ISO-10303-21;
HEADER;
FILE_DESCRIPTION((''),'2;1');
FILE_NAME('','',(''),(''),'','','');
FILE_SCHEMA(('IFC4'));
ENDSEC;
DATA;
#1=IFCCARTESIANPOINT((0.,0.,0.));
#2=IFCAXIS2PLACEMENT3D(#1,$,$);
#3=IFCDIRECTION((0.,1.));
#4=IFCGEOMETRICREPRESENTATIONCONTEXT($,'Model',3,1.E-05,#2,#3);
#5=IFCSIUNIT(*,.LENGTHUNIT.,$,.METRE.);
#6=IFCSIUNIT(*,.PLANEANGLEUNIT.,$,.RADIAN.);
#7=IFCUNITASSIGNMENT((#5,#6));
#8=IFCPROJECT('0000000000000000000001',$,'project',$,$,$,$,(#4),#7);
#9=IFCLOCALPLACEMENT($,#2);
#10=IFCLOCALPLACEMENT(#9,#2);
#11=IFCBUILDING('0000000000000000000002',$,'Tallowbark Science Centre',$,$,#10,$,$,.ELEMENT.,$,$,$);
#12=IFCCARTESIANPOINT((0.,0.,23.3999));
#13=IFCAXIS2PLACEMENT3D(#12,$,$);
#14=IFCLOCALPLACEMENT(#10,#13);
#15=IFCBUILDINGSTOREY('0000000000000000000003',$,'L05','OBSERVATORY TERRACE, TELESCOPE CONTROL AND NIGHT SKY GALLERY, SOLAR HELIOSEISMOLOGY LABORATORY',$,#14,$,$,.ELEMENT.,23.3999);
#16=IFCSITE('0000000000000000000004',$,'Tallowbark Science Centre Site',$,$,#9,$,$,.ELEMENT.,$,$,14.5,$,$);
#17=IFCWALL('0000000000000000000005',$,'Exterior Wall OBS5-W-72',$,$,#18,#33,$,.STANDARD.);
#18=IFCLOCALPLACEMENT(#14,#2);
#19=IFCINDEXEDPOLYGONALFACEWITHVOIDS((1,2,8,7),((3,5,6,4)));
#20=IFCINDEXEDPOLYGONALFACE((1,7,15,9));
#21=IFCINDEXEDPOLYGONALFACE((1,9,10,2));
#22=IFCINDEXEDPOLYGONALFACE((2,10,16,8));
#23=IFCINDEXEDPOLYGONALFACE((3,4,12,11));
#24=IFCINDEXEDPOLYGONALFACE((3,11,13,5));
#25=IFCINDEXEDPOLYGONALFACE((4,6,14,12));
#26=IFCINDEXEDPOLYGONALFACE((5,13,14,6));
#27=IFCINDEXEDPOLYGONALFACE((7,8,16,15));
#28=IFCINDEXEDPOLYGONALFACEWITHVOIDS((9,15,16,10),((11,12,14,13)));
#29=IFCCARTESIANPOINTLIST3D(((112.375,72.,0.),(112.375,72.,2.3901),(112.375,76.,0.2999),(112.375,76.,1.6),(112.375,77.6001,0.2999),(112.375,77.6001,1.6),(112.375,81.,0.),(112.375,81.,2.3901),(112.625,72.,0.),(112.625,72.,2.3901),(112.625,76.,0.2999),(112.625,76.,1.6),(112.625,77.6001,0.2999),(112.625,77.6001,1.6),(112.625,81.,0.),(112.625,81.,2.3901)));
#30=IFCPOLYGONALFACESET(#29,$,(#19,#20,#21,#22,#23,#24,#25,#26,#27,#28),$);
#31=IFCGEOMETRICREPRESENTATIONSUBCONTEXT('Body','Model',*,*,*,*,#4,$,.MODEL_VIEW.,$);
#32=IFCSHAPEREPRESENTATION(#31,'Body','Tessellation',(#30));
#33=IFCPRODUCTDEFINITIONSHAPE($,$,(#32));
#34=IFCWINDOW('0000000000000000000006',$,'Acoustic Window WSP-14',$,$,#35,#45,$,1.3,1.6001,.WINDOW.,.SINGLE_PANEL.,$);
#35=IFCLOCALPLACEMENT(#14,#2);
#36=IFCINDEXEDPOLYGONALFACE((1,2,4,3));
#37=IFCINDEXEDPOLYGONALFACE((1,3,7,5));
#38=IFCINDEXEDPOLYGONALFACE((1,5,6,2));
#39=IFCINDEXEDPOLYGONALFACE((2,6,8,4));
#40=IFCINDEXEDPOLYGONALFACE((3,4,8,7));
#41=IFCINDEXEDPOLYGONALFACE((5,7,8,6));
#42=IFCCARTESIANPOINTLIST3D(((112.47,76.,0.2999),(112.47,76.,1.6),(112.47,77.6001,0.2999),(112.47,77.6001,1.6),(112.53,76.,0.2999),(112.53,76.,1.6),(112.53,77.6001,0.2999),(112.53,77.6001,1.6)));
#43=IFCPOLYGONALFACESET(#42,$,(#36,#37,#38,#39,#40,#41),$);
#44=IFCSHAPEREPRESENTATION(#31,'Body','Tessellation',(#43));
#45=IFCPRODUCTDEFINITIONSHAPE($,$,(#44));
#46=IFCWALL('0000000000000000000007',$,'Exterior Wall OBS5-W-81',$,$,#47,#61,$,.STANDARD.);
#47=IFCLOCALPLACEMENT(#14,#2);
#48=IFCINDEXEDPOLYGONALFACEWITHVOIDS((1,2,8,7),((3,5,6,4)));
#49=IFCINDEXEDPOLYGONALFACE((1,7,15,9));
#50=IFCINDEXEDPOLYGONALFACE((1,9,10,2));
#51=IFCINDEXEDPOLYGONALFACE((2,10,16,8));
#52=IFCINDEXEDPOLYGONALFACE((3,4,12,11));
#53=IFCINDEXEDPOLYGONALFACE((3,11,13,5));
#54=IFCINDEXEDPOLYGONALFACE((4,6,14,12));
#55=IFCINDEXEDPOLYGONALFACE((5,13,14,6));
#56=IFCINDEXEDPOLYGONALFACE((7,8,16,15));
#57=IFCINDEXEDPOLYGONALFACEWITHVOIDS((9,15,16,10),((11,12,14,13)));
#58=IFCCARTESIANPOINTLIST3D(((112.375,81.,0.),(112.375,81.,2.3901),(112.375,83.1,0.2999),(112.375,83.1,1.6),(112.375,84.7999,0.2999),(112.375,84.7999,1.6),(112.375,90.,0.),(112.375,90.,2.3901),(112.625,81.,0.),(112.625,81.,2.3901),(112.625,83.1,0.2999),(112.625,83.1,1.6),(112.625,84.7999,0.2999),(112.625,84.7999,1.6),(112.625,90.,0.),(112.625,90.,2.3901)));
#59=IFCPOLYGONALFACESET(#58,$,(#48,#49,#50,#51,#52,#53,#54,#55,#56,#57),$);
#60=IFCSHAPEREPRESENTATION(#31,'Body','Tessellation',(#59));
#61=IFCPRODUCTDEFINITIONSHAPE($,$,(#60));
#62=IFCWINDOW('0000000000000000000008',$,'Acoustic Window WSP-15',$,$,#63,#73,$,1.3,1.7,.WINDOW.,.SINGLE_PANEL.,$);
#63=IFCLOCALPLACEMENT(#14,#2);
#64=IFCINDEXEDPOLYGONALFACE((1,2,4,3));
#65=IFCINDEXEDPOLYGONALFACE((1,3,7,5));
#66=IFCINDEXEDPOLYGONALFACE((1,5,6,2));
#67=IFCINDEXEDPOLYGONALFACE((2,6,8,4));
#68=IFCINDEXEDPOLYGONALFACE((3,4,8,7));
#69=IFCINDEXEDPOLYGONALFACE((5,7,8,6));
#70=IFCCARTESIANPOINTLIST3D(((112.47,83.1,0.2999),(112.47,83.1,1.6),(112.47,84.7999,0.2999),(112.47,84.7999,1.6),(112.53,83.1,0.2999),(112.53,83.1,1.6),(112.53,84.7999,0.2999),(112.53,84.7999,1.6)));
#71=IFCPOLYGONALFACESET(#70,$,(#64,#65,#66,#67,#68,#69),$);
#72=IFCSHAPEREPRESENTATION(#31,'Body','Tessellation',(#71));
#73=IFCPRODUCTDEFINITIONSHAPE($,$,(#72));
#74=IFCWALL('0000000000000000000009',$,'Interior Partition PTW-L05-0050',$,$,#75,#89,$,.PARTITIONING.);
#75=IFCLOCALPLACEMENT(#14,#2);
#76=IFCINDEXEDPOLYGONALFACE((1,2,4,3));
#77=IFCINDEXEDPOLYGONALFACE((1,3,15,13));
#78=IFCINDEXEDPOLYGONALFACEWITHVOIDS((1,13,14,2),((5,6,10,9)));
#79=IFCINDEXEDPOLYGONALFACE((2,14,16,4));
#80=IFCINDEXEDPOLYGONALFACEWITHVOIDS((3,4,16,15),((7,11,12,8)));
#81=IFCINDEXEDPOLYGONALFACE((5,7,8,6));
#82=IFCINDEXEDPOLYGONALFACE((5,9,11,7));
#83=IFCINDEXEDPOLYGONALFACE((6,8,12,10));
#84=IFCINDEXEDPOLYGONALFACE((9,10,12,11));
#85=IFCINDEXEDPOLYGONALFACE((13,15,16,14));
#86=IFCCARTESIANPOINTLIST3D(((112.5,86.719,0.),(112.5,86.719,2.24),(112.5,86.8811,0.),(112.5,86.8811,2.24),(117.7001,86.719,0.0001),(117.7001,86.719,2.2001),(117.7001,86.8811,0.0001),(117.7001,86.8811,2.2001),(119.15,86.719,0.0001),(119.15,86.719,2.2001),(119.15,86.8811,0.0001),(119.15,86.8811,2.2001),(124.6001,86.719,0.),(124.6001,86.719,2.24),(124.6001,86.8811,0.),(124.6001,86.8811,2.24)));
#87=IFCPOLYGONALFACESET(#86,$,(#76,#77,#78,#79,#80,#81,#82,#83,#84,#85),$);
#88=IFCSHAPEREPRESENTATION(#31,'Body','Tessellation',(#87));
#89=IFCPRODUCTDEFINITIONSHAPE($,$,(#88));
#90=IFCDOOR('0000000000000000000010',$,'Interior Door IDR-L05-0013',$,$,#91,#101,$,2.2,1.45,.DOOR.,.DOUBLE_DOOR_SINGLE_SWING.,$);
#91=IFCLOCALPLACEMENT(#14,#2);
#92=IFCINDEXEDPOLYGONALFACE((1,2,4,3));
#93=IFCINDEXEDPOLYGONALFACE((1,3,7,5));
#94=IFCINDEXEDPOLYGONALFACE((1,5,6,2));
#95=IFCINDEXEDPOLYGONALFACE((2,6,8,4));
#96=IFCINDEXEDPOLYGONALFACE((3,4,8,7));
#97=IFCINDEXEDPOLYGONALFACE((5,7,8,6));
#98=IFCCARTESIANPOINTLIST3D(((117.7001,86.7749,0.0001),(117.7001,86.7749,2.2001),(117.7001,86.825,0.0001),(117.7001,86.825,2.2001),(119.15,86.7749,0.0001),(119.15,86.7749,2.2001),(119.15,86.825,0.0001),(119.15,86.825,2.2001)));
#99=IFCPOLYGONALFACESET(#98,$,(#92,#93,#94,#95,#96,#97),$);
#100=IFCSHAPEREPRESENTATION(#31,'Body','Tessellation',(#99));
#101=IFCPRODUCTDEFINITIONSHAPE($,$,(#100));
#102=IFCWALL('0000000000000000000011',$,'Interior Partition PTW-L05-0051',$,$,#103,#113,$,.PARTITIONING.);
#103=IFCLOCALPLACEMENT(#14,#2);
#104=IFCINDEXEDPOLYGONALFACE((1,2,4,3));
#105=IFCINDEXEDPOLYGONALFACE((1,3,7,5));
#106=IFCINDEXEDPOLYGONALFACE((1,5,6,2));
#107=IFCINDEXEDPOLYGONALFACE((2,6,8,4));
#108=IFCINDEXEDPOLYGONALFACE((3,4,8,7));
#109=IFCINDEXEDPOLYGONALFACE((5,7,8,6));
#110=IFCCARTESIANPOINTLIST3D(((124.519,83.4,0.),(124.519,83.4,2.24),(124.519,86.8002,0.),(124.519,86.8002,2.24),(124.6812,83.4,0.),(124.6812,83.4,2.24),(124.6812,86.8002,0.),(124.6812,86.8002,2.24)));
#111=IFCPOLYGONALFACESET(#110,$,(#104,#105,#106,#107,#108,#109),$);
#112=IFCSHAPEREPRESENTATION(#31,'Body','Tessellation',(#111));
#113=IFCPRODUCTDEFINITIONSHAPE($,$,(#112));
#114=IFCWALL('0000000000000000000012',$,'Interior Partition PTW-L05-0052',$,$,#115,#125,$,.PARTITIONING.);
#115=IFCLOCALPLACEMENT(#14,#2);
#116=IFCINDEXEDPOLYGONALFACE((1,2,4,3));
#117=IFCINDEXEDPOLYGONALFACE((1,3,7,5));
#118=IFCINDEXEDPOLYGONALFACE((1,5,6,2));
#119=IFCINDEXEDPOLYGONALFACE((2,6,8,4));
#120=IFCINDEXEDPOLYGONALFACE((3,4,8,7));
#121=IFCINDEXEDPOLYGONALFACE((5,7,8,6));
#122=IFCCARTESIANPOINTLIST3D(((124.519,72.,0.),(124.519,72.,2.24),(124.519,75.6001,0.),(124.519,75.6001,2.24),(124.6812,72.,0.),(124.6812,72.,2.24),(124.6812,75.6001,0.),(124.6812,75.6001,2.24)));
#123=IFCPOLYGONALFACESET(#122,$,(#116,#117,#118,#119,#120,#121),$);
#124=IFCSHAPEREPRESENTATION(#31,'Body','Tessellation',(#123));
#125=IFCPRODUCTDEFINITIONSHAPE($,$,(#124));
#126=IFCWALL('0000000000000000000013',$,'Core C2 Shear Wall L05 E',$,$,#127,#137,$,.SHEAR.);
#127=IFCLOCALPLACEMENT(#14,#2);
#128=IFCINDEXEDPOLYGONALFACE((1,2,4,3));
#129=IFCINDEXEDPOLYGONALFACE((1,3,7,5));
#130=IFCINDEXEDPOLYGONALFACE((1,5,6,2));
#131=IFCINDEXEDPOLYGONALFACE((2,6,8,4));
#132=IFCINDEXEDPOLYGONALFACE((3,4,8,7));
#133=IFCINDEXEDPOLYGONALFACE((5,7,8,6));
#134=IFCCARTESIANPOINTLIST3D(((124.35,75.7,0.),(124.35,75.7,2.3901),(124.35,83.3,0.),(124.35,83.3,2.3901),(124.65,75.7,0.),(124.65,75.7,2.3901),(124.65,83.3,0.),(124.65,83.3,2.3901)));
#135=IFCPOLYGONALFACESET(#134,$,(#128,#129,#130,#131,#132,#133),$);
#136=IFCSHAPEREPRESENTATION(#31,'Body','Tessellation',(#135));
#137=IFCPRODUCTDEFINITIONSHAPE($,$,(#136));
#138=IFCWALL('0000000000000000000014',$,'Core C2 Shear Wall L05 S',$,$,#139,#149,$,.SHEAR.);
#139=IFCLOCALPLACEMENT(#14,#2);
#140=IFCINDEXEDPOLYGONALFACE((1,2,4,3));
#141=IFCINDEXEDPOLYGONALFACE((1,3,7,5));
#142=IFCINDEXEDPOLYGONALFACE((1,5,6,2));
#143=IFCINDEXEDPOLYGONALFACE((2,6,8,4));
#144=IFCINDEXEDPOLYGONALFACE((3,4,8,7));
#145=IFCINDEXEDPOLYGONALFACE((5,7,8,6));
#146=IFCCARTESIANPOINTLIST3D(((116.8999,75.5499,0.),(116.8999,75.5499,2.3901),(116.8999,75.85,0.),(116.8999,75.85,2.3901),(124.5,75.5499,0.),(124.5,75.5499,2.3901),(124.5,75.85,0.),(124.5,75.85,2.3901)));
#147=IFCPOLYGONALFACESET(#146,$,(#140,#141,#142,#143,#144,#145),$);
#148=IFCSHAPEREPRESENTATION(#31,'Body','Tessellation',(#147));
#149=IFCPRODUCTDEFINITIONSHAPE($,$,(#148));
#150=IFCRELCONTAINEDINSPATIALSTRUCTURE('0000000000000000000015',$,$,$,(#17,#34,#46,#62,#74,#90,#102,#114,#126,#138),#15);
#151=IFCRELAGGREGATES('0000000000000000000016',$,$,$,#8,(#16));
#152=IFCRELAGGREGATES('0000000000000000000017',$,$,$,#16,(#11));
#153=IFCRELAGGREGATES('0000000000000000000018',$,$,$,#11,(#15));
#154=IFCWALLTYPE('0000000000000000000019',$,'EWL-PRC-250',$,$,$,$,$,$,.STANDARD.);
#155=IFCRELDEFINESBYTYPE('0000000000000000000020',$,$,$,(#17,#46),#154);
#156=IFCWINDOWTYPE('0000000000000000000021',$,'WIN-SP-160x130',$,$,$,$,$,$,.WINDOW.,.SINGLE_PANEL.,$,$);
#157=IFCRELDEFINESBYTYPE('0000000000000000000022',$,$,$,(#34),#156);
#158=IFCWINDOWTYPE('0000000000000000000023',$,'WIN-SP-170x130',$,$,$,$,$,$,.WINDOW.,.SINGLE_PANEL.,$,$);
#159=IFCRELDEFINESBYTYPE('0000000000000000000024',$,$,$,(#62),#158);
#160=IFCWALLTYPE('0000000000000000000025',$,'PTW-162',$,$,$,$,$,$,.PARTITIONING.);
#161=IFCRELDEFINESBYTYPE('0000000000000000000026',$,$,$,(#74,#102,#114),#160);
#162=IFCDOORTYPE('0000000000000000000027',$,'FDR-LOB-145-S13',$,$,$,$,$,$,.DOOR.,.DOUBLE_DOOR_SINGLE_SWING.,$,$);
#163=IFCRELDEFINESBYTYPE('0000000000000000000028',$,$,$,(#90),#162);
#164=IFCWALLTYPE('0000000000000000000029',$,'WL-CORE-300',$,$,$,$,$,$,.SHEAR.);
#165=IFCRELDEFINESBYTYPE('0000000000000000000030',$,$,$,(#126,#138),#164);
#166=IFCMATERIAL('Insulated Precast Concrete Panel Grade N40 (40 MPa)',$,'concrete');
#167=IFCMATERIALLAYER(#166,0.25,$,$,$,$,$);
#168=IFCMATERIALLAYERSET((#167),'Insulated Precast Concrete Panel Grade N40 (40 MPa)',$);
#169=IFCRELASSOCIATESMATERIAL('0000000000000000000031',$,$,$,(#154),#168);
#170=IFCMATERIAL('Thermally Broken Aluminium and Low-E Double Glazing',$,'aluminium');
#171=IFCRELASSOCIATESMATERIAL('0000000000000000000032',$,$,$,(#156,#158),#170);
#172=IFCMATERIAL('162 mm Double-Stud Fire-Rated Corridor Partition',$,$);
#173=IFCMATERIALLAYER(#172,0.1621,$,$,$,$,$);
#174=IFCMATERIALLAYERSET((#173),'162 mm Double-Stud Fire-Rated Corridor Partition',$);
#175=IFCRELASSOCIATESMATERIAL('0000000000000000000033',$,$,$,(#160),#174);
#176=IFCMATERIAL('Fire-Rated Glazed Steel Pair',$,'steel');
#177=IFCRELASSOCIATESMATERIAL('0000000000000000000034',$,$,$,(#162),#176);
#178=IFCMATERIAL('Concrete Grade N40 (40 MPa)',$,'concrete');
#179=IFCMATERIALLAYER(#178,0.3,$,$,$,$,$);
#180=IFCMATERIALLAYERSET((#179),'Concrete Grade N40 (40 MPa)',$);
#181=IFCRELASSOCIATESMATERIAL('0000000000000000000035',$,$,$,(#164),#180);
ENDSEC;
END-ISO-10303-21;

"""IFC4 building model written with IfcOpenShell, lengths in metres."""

from ifc_helpers import new_model, si_unit, direction, frame, frame_2d, origin, place, context, subcontext, project, spatial, rectangle, extrude, material, layer, layer_set, type_object, element, fill, save


model = new_model("IFC4")

# Units and contexts
model_context = context("Model", 3, precision=1e-05, world=origin(), true_north=direction((0.0, 1.0)))
body_context = subcontext(model_context, "Body", "Model", "MODEL_VIEW")
ifc_project = project(units=[si_unit("LENGTHUNIT", "METRE"), si_unit("PLANEANGLEUNIT", "RADIAN")], contexts=[model_context])

# Site, building, storey
site_placement = place(None, origin())
site = spatial("IfcSite", under=ifc_project, at=site_placement, Name="Tallowbark Science Centre Site", CompositionType="ELEMENT", RefElevation=14.5)
building_placement = place(site_placement, origin())
building = spatial("IfcBuilding", under=site, at=building_placement, Name="Tallowbark Science Centre", CompositionType="ELEMENT")
storey_placement = place(building_placement, frame((0.0, 0.0, 23.3999)))
storey = spatial("IfcBuildingStorey", under=building, at=storey_placement, Name="L05", Description="OBSERVATORY TERRACE, TELESCOPE CONTROL AND NIGHT SKY GALLERY, SOLAR HELIOSEISMOLOGY LABORATORY", CompositionType="ELEMENT", Elevation=23.3999)

# Walls, openings, windows
ifc_material_1 = material(Name="Insulated Precast Concrete Panel Grade N40 (40 MPa)", Category="concrete")
ifc_layer_1 = layer(ifc_material_1, 0.25)
ifc_layer_set_1 = layer_set([ifc_layer_1], Name="Insulated Precast Concrete Panel Grade N40 (40 MPa)")
wall_type_1 = type_object("IfcWallType", Name="EWL-PRC-250", PredefinedType="STANDARD", material=ifc_layer_set_1)
ifc_material_2 = material(Name="Thermally Broken Aluminium and Low-E Double Glazing", Category="aluminium")
wall_1_placement = place(storey_placement, frame((112.5, 81.0, 0.0), z_axis=(0.0, 0.0, 1.0), x_axis=(0.0, -1.0, 0.0)))
wall_1 = element("IfcWall", 1, at=wall_1_placement, inside=storey, type_object=wall_type_1, Name="Exterior Wall OBS5-W-72", PredefinedType="STANDARD", context=body_context, shape_type="SweptSolid", body=[
    extrude(rectangle(XDim=9.0, YDim=0.25, at=frame_2d((4.5, 0.0))), origin(), (0.0, 0.0, 1.0), 2.3901),
])
opening_1_placement = place(wall_1_placement, frame((3.3999, 0.0, 0.3)))
opening_1 = element("IfcOpeningElement", 2, at=opening_1_placement, cuts=wall_1, PredefinedType="OPENING", context=body_context, shape_type="SweptSolid", body=[
    extrude(rectangle(XDim=1.6001, YDim=1.3, at=frame_2d((0.8, 0.6499))), frame((0.0, 0.135, 0.0), z_axis=(0.0, -1.0, 0.0), x_axis=(1.0, 0.0, 0.0)), (0.0, 0.0, 1.0), 0.27),
])
window_type_1 = type_object("IfcWindowType", Name="WIN-SP-160x130", PartitioningType="SINGLE_PANEL", PredefinedType="WINDOW", material=ifc_material_2)
window_1_placement = place(opening_1_placement, origin())
window_1 = element("IfcWindow", 3, at=window_1_placement, inside=storey, type_object=window_type_1, Name="Acoustic Window WSP-14", OverallHeight=1.3, OverallWidth=1.6001, PartitioningType="SINGLE_PANEL", PredefinedType="WINDOW", context=body_context, shape_type="SweptSolid", body=[
    extrude(rectangle(XDim=1.6001, YDim=1.3, at=frame_2d((0.8, 0.6499))), frame((0.0, 0.03, 0.0), z_axis=(0.0, -1.0, 0.0), x_axis=(1.0, 0.0, 0.0)), (0.0, 0.0, 1.0), 0.0601),
])
fill(opening_1, window_1)
wall_2_placement = place(storey_placement, frame((112.5, 90.0, 0.0), z_axis=(0.0, 0.0, 1.0), x_axis=(0.0, -1.0, 0.0)))
wall_2 = element("IfcWall", 4, at=wall_2_placement, inside=storey, type_object=wall_type_1, Name="Exterior Wall OBS5-W-81", PredefinedType="STANDARD", context=body_context, shape_type="SweptSolid", body=[
    extrude(rectangle(XDim=9.0, YDim=0.25, at=frame_2d((4.5, 0.0))), origin(), (0.0, 0.0, 1.0), 2.3901),
])
opening_2_placement = place(wall_2_placement, frame((5.2, 0.0, 0.3)))
opening_2 = element("IfcOpeningElement", 5, at=opening_2_placement, cuts=wall_2, PredefinedType="OPENING", context=body_context, shape_type="SweptSolid", body=[
    extrude(rectangle(XDim=1.7, YDim=1.3, at=frame_2d((0.8501, 0.6499))), frame((0.0, 0.135, 0.0), z_axis=(0.0, -1.0, 0.0), x_axis=(1.0, 0.0, 0.0)), (0.0, 0.0, 1.0), 0.27),
])
window_type_2 = type_object("IfcWindowType", Name="WIN-SP-170x130", PartitioningType="SINGLE_PANEL", PredefinedType="WINDOW", material=ifc_material_2)
window_2_placement = place(opening_2_placement, origin())
window_2 = element("IfcWindow", 6, at=window_2_placement, inside=storey, type_object=window_type_2, Name="Acoustic Window WSP-15", OverallHeight=1.3, OverallWidth=1.7, PartitioningType="SINGLE_PANEL", PredefinedType="WINDOW", context=body_context, shape_type="SweptSolid", body=[
    extrude(rectangle(XDim=1.7, YDim=1.3, at=frame_2d((0.8501, 0.6499))), frame((0.0, 0.03, 0.0), z_axis=(0.0, -1.0, 0.0), x_axis=(1.0, 0.0, 0.0)), (0.0, 0.0, 1.0), 0.0601),
])
fill(opening_2, window_2)

# Wall, opening, door
ifc_material_3 = material(Name="162 mm Double-Stud Fire-Rated Corridor Partition")
ifc_layer_2 = layer(ifc_material_3, 0.1621)
ifc_layer_set_2 = layer_set([ifc_layer_2], Name="162 mm Double-Stud Fire-Rated Corridor Partition")
wall_type_2 = type_object("IfcWallType", Name="PTW-162", PredefinedType="PARTITIONING", material=ifc_layer_set_2)
wall_3_placement = place(storey_placement, frame((112.5, 86.8, 0.0), z_axis=(0.0, 0.0, 1.0), x_axis=(1.0, 0.0, 0.0)))
wall_3 = element("IfcWall", 7, at=wall_3_placement, inside=storey, type_object=wall_type_2, Name="Interior Partition PTW-L05-0050", PredefinedType="PARTITIONING", context=body_context, shape_type="SweptSolid", body=[
    extrude(rectangle(XDim=12.1001, YDim=0.1621, at=frame_2d((6.05, 0.0))), origin(), (0.0, 0.0, 1.0), 2.24),
])
opening_3_placement = place(wall_3_placement, frame((5.2, 0.0, 0.0)))
opening_3 = element("IfcOpeningElement", 8, at=opening_3_placement, cuts=wall_3, PredefinedType="OPENING", context=body_context, shape_type="SweptSolid", body=[
    extrude(rectangle(XDim=1.45, YDim=2.2, at=frame_2d((0.7251, 1.1001))), frame((0.0, 0.0911, 0.0), z_axis=(0.0, -1.0, 0.0), x_axis=(1.0, 0.0, 0.0)), (0.0, 0.0, 1.0), 0.1821),
])
ifc_material_4 = material(Name="Fire-Rated Glazed Steel Pair", Category="steel")
door_type_1 = type_object("IfcDoorType", Name="FDR-LOB-145-S13", OperationType="DOUBLE_DOOR_SINGLE_SWING", PredefinedType="DOOR", material=ifc_material_4)
door_1_placement = place(opening_3_placement, origin())
door_1 = element("IfcDoor", 9, at=door_1_placement, inside=storey, type_object=door_type_1, Name="Interior Door IDR-L05-0013", OperationType="DOUBLE_DOOR_SINGLE_SWING", OverallHeight=2.2, OverallWidth=1.45, PredefinedType="DOOR", context=body_context, shape_type="SweptSolid", body=[
    extrude(rectangle(XDim=1.45, YDim=2.2, at=frame_2d((0.7251, 1.1001))), frame((0.0, 0.0249, 0.0), z_axis=(0.0, -1.0, 0.0), x_axis=(1.0, 0.0, 0.0)), (0.0, 0.0, 1.0), 0.05),
])
fill(opening_3, door_1)

# Walls
wall_4_placement = place(storey_placement, frame((124.6001, 83.3999, 0.0), z_axis=(0.0, 0.0, 1.0), x_axis=(0.0, 1.0, 0.0)))
element("IfcWall", 10, at=wall_4_placement, inside=storey, type_object=wall_type_2, Name="Interior Partition PTW-L05-0051", PredefinedType="PARTITIONING", context=body_context, shape_type="SweptSolid", body=[
    extrude(rectangle(XDim=3.4001, YDim=0.1621, at=frame_2d((1.7002, 0.0))), origin(), (0.0, 0.0, 1.0), 2.24),
])
wall_5_placement = place(storey_placement, frame((124.6001, 72.0, 0.0), z_axis=(0.0, 0.0, 1.0), x_axis=(0.0, 1.0, 0.0)))
element("IfcWall", 11, at=wall_5_placement, inside=storey, type_object=wall_type_2, Name="Interior Partition PTW-L05-0052", PredefinedType="PARTITIONING", context=body_context, shape_type="SweptSolid", body=[
    extrude(rectangle(XDim=3.6001, YDim=0.1621, at=frame_2d((1.8, 0.0))), origin(), (0.0, 0.0, 1.0), 2.24),
])

# Shared definitions
ifc_material_5 = material(Name="Concrete Grade N40 (40 MPa)", Category="concrete")
ifc_layer_3 = layer(ifc_material_5, 0.3)
ifc_layer_set_3 = layer_set([ifc_layer_3], Name="Concrete Grade N40 (40 MPa)")
wall_type_3 = type_object("IfcWallType", Name="WL-CORE-300", PredefinedType="SHEAR", material=ifc_layer_set_3)

# Walls
for number, where, z_axis, x_axis, name in (
    (12, (124.5, 75.7, 0.0), (0.0, 0.0, 1.0), (0.0, 1.0, 0.0), "Core C2 Shear Wall L05 E"),
    (13, (116.8999, 75.7, 0.0), (0.0, 0.0, 1.0), (1.0, 0.0, 0.0), "Core C2 Shear Wall L05 S"),
):
    element("IfcWall", number, at=place(storey_placement, frame(where, z_axis=z_axis, x_axis=x_axis)), inside=storey, type_object=wall_type_3, Name=name, PredefinedType="SHEAR", context=body_context, shape_type="SweptSolid", body=[
        extrude(rectangle(XDim=7.6001, YDim=0.3, at=frame_2d((3.8, 0.0))), origin(), (0.0, 0.0, 1.0), 2.3901),
    ])

save(model, "model.ifc")
